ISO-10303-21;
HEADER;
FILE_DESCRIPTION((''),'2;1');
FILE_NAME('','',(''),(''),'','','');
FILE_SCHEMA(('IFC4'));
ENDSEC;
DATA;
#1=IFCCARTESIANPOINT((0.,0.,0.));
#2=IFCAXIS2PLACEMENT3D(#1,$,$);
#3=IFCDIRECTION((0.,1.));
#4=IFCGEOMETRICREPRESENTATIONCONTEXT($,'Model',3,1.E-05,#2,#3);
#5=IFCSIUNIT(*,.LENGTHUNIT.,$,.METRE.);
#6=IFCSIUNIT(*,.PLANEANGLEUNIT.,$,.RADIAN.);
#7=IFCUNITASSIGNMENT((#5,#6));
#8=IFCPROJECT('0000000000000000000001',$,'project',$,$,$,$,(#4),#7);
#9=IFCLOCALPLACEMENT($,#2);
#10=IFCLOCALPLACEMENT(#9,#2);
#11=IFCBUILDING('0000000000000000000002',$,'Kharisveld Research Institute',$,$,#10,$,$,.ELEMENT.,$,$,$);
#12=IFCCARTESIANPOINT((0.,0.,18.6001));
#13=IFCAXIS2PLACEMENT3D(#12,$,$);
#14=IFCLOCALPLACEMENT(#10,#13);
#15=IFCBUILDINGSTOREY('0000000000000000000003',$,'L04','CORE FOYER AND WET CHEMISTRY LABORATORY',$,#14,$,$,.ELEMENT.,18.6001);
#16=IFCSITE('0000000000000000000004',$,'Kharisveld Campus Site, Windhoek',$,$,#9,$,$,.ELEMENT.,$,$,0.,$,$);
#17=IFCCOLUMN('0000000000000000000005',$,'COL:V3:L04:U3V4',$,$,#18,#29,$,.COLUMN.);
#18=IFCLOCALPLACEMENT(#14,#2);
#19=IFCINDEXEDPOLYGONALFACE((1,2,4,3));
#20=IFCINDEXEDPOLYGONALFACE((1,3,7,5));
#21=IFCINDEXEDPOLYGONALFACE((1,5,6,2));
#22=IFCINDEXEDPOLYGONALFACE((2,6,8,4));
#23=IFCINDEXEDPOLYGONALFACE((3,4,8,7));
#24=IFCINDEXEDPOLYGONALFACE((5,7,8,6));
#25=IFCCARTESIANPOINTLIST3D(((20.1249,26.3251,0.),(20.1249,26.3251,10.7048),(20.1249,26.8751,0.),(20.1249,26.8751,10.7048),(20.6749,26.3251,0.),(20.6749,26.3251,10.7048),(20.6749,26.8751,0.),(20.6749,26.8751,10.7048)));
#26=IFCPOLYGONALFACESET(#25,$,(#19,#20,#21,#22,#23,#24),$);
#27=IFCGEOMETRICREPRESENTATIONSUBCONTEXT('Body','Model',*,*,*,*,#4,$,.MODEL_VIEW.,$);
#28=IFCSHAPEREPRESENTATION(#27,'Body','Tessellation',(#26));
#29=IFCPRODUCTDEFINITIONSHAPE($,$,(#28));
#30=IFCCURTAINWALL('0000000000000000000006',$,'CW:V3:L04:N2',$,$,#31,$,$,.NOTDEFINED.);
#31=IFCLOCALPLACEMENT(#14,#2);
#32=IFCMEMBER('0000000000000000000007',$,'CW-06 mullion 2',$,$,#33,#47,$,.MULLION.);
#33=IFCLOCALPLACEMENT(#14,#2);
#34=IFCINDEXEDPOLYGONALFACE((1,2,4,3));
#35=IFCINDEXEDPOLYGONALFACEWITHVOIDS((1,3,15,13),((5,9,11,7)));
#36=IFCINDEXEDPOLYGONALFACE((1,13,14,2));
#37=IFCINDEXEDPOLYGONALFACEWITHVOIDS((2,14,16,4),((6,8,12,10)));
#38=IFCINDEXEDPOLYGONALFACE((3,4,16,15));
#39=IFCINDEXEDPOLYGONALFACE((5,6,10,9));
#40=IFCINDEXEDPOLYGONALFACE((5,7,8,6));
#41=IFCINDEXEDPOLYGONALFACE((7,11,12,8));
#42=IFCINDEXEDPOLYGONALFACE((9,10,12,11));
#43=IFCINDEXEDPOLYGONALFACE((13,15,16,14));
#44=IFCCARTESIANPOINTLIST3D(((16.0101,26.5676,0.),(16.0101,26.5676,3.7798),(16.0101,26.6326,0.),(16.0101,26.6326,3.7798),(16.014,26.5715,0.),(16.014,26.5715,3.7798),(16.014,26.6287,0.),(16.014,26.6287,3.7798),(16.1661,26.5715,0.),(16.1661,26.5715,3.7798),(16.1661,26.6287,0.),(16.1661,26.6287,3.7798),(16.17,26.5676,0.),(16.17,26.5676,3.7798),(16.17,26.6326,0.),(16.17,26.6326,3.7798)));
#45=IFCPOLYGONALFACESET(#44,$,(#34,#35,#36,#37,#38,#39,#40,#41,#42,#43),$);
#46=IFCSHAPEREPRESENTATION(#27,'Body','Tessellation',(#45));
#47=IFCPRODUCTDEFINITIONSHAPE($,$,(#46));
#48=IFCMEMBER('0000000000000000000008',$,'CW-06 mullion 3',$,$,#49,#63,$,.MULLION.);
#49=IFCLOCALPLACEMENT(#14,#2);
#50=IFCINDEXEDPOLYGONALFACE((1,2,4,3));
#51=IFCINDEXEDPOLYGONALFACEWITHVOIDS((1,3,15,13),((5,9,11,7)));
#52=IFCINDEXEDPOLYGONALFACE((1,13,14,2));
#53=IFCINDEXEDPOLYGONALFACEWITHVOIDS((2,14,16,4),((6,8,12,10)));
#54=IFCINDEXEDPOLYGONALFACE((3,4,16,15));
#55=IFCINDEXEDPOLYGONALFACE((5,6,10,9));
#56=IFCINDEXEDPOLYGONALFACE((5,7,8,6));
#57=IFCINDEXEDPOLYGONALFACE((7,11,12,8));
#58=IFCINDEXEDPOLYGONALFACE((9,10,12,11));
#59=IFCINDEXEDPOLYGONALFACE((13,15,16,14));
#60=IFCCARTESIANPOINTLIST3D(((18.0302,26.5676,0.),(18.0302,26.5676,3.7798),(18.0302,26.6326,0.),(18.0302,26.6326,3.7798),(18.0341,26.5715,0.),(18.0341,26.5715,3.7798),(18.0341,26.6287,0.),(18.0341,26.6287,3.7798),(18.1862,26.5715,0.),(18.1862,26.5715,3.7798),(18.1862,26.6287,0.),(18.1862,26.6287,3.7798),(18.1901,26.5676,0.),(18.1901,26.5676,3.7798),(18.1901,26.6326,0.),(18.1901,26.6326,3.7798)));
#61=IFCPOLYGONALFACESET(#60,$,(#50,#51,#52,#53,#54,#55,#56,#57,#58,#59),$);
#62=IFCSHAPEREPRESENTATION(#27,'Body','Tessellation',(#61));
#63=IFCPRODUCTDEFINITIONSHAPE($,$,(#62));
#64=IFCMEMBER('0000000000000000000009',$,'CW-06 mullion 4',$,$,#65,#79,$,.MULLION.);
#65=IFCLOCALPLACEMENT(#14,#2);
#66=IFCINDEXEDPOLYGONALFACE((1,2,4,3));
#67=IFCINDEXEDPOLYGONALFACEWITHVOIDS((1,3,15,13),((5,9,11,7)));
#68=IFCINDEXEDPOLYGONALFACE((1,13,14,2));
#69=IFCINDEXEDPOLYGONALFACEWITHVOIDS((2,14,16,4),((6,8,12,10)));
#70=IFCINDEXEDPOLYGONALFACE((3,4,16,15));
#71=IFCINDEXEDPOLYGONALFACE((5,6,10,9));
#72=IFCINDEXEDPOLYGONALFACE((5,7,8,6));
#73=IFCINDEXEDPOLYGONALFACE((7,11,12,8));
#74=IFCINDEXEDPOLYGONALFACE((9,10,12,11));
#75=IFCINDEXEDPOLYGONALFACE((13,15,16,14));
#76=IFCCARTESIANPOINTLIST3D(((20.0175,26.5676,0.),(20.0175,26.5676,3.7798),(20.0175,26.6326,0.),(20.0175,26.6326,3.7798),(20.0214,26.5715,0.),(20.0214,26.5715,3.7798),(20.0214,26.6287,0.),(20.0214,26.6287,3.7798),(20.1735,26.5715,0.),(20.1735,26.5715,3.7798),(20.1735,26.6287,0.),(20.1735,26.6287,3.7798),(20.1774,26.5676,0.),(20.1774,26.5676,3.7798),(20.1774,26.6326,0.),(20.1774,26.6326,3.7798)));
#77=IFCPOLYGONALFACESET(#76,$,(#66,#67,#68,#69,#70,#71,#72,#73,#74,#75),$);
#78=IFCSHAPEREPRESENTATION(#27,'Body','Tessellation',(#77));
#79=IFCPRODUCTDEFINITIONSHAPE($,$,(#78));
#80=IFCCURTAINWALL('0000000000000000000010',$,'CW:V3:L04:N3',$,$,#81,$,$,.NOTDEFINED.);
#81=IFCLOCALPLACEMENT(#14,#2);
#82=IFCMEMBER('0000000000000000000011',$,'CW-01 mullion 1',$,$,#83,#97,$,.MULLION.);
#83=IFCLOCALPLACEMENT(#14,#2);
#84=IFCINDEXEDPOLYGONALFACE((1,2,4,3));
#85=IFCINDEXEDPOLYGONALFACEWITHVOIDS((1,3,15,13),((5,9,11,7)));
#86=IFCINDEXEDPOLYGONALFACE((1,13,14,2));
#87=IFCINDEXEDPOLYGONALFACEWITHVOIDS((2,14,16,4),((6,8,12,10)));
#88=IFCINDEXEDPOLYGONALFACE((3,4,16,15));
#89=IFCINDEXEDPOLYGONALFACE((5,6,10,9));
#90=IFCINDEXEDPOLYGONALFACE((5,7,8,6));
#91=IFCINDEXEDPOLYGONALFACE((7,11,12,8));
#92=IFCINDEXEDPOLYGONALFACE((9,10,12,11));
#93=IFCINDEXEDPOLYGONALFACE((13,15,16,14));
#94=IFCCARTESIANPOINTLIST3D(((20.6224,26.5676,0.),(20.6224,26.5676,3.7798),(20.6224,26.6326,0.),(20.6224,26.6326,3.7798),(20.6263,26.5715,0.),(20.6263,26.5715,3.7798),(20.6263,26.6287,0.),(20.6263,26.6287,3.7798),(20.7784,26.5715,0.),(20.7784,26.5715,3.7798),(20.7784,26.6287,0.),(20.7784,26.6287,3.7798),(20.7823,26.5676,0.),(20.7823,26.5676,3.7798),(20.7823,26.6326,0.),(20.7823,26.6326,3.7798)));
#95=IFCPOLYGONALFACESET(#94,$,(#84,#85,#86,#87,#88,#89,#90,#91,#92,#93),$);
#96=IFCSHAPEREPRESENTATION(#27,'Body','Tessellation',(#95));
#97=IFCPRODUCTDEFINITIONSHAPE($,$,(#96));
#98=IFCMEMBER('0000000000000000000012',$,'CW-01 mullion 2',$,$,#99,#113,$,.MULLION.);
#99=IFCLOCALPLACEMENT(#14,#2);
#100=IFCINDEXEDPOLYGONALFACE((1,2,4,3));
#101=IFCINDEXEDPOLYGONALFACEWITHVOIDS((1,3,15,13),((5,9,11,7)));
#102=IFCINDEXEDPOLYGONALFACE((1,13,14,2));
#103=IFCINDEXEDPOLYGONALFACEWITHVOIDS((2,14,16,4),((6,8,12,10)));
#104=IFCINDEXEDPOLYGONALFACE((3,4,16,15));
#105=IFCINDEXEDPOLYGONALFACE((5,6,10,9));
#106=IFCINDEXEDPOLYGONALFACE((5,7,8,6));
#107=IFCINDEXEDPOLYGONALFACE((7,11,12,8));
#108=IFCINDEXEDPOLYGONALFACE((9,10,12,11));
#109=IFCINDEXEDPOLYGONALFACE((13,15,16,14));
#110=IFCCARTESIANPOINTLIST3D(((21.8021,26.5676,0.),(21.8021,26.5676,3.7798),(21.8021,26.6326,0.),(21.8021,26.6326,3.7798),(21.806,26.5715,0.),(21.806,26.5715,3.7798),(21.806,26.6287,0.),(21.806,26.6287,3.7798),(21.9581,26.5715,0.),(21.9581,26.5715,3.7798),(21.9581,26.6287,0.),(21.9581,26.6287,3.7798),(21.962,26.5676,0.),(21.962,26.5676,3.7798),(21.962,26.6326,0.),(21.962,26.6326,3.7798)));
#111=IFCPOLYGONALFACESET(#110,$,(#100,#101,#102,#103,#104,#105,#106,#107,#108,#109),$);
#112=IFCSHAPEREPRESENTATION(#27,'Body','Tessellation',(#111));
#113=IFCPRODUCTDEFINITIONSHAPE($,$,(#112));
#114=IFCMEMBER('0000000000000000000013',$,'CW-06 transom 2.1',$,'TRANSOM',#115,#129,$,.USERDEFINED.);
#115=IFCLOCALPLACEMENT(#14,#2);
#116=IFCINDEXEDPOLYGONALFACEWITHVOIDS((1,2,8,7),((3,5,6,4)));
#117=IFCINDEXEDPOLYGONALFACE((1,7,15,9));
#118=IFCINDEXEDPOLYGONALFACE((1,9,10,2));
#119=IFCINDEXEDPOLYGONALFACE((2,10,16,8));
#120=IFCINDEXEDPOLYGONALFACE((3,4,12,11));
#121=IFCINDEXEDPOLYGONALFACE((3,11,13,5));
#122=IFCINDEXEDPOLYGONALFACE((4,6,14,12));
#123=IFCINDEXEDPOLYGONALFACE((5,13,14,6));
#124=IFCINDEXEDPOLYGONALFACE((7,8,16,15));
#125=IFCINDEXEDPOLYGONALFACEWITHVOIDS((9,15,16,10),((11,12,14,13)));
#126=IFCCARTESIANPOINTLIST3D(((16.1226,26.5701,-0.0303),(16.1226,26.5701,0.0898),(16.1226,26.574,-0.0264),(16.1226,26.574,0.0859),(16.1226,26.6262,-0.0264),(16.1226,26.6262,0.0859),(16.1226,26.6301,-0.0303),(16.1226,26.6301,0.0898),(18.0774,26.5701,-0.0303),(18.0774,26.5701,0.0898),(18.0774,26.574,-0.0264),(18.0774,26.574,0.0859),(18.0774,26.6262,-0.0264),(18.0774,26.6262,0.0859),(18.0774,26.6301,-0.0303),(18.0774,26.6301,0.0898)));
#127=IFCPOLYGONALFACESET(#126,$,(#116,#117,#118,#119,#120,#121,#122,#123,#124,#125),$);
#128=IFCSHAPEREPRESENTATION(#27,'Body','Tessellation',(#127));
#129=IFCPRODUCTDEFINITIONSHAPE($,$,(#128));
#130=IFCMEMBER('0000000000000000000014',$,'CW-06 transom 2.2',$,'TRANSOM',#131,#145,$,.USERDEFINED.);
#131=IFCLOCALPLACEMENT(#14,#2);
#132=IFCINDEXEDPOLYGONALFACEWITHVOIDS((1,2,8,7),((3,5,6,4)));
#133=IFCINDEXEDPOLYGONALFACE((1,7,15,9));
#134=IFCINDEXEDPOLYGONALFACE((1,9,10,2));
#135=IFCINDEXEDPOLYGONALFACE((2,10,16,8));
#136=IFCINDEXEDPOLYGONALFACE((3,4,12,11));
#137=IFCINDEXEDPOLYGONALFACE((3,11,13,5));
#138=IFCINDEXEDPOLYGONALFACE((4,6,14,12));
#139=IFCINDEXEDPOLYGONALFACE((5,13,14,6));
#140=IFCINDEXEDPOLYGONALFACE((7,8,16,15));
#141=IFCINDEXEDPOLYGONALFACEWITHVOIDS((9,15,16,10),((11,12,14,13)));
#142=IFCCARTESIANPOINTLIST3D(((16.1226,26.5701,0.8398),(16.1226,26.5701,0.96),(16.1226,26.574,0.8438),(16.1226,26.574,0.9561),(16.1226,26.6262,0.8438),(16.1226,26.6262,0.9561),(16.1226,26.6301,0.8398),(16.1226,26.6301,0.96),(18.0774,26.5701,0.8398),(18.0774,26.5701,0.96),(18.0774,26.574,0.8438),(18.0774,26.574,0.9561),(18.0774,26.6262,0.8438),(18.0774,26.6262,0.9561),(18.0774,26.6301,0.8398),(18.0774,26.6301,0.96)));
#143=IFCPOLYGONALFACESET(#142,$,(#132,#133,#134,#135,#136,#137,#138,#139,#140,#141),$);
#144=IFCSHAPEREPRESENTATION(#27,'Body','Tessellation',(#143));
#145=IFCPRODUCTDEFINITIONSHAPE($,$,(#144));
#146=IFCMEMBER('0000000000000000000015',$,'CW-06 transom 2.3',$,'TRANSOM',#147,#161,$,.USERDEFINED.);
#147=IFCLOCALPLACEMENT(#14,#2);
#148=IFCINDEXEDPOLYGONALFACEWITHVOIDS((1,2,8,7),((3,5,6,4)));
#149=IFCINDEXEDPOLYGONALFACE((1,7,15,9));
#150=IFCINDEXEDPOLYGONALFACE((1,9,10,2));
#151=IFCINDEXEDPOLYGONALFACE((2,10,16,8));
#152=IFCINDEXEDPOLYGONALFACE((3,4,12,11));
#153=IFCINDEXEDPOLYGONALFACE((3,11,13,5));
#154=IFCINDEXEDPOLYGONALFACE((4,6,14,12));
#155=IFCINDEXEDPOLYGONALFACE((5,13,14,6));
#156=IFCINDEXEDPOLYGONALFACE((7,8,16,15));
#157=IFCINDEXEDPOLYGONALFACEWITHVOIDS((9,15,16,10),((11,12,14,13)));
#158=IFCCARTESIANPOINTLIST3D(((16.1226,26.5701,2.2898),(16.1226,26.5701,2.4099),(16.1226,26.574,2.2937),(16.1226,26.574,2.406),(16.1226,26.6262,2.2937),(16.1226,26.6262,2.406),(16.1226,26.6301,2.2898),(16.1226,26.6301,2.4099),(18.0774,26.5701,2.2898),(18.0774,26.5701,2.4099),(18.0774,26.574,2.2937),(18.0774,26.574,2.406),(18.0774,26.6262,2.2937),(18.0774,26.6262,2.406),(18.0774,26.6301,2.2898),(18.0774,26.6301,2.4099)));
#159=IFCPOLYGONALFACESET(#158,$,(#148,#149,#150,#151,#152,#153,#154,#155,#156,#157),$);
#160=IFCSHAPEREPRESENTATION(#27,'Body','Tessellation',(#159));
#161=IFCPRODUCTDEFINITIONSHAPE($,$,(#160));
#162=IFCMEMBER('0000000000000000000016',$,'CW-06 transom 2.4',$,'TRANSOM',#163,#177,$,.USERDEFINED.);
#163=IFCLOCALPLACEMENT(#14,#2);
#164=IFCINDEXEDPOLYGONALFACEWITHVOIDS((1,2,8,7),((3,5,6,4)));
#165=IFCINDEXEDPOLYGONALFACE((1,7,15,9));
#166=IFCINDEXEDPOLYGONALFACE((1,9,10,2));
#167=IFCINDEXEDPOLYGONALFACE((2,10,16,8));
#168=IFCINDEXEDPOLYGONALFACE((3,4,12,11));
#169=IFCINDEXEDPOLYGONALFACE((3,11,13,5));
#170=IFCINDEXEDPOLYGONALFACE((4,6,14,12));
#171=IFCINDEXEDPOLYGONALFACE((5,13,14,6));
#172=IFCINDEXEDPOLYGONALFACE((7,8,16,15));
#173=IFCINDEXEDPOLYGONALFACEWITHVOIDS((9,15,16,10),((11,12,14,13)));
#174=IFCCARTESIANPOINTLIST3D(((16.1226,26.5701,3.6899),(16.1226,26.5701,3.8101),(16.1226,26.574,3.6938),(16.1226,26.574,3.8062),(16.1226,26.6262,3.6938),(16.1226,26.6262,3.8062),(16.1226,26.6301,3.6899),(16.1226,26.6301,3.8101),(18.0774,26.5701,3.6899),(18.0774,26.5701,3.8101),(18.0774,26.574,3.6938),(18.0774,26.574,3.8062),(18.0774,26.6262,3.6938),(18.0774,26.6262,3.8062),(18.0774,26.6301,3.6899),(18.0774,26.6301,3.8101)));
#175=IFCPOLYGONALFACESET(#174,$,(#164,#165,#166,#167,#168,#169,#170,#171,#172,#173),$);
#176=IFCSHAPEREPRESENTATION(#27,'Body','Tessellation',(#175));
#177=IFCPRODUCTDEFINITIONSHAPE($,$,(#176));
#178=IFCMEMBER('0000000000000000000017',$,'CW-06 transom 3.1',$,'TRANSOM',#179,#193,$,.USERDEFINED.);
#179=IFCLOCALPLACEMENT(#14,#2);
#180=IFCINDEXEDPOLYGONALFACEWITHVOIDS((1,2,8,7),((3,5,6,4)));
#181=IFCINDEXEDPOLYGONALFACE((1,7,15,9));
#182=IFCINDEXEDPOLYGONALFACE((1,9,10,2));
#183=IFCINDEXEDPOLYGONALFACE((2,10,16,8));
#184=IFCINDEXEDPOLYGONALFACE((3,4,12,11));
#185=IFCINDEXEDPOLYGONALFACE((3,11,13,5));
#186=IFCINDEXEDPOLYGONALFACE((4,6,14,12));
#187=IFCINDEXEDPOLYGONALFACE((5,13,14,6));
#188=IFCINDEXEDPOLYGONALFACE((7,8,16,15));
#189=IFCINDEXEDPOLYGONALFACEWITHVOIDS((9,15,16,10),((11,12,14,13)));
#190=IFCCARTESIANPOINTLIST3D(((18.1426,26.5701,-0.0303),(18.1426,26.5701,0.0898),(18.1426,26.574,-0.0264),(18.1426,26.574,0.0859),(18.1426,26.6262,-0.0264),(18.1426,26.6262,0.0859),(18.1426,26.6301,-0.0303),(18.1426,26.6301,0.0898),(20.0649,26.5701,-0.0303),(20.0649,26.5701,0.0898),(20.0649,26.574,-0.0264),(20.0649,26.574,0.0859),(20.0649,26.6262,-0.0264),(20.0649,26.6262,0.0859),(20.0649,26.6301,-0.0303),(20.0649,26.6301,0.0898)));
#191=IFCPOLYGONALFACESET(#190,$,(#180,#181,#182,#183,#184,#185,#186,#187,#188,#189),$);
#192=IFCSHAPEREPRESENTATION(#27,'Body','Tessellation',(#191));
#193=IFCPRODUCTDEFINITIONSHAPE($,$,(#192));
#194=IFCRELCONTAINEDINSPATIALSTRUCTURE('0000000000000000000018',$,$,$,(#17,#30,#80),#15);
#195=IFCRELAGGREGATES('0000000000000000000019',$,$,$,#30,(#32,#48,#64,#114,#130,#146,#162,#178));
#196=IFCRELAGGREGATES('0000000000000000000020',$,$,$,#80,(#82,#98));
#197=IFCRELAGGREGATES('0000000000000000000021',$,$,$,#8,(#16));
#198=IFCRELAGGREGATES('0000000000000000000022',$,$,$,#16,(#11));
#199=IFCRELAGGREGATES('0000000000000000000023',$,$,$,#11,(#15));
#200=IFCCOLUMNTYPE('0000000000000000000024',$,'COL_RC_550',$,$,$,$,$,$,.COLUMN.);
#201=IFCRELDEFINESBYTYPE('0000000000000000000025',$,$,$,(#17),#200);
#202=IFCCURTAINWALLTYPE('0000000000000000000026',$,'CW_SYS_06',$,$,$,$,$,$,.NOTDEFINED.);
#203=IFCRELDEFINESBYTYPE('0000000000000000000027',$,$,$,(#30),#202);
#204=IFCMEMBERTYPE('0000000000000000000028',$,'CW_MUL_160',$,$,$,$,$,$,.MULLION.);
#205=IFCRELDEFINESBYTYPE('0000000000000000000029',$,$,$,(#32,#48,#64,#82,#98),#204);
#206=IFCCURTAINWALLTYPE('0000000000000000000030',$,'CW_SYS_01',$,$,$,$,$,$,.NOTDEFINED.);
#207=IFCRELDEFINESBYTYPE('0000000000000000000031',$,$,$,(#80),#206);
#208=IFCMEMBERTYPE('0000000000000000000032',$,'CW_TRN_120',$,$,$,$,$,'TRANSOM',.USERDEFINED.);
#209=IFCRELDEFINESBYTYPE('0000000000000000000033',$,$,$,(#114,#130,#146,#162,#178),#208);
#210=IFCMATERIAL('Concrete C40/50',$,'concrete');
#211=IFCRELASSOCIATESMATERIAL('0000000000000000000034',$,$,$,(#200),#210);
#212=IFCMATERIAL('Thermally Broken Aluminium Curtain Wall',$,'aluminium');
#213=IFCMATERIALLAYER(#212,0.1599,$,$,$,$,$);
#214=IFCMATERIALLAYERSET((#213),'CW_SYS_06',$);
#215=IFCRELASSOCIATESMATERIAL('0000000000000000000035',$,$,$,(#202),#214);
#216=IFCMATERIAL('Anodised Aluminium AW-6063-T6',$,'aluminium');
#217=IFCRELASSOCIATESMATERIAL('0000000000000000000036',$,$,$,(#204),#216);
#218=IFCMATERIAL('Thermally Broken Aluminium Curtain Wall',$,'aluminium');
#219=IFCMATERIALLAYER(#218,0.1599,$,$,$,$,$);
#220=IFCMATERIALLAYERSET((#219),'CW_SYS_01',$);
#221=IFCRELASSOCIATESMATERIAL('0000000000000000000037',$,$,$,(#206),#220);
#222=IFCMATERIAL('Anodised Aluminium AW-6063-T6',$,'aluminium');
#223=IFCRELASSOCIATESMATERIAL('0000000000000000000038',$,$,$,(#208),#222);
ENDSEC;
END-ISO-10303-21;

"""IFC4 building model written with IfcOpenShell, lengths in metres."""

from ifc_helpers import new_model, si_unit, direction, frame, origin, origin_2d, place, context, subcontext, project, spatial, rectangle, hollow_rectangle, extrude, material, layer, layer_set, material_profile, profile_set, type_object, element, aggregate, save


model = new_model("IFC4")

# Units and contexts
model_context = context("Model", 3, precision=1e-05, world=origin(), true_north=direction((0.0, 1.0)))
body_context = subcontext(model_context, "Body", "Model", "MODEL_VIEW")
ifc_project = project(units=[si_unit("LENGTHUNIT", "METRE"), si_unit("PLANEANGLEUNIT", "RADIAN")], contexts=[model_context])

# Site, building, storey
site_placement = place(None, origin())
site = spatial("IfcSite", under=ifc_project, at=site_placement, Name="Kharisveld Campus Site, Windhoek", CompositionType="ELEMENT", RefElevation=0.0)
building_placement = place(site_placement, origin())
building = spatial("IfcBuilding", under=site, at=building_placement, Name="Kharisveld Research Institute", CompositionType="ELEMENT")
storey_placement = place(building_placement, frame((0.0, 0.0, 18.6001)))
storey = spatial("IfcBuildingStorey", under=building, at=storey_placement, Name="L04", Description="CORE FOYER AND WET CHEMISTRY LABORATORY", CompositionType="ELEMENT", Elevation=18.6001)

# Column
ifc_material_1 = material(Name="Concrete C40/50", Category="concrete")
ifc_material_profile_1 = material_profile(ifc_material_1, rectangle(XDim=0.55, YDim=0.55, at=origin_2d()))
ifc_profile_set_1 = profile_set([ifc_material_profile_1], Name="Concrete C40/50")
column_type = type_object("IfcColumnType", Name="COL_RC_550", PredefinedType="COLUMN", material=ifc_profile_set_1)
column_placement = place(storey_placement, frame((20.3999, 26.6001, 0.0), z_axis=(0.0, 0.0, 1.0), x_axis=(1.0, 0.0, 0.0)))
element("IfcColumn", 1, at=column_placement, inside=storey, type_object=column_type, Name="COL:V3:L04:U3V4", PredefinedType="COLUMN", context=body_context, shape_type="SweptSolid", body=[
    extrude(rectangle(XDim=0.55, YDim=0.55, at=origin_2d()), origin(), (0.0, 0.0, 1.0), 10.7048),
])

# Curtain walls, members
ifc_material_2 = material(Name="Thermally Broken Aluminium Curtain Wall", Category="aluminium")
ifc_layer_1 = layer(ifc_material_2, 0.1599)
ifc_layer_set_1 = layer_set([ifc_layer_1], Name="CW_SYS_06")
curtain_wall_type_1 = type_object("IfcCurtainWallType", Name="CW_SYS_06", PredefinedType="NOTDEFINED", material=ifc_layer_set_1)
curtain_wall_1_placement = place(storey_placement, origin())
curtain_wall_1 = element("IfcCurtainWall", 2, at=curtain_wall_1_placement, inside=storey, type_object=curtain_wall_type_1, Name="CW:V3:L04:N2", PredefinedType="NOTDEFINED")
ifc_material_3 = material(Name="Anodised Aluminium AW-6063-T6", Category="aluminium")
ifc_material_profile_2 = material_profile(ifc_material_3, hollow_rectangle(XDim=0.0649, YDim=0.1599, WallThickness=0.0039, at=origin_2d()))
ifc_profile_set_2 = profile_set([ifc_material_profile_2], Name="Anodised Aluminium AW-6063-T6")
member_type_1 = type_object("IfcMemberType", Name="CW_MUL_160", PredefinedType="MULLION", material=ifc_profile_set_2)
member_1_placement = place(storey_placement, frame((16.0901, 26.6001, 0.0), z_axis=(0.0, 0.0, 1.0), x_axis=(0.0, 1.0, 0.0)))
member_1 = element("IfcMember", 3, at=member_1_placement, type_object=member_type_1, Name="CW-06 mullion 2", PredefinedType="MULLION", context=body_context, shape_type="SweptSolid", body=[
    extrude(hollow_rectangle(XDim=0.0649, YDim=0.1599, WallThickness=0.0039, at=origin_2d()), origin(), (0.0, 0.0, 1.0), 3.7798),
])
member_2_placement = place(storey_placement, frame((18.1101, 26.6001, 0.0), z_axis=(0.0, 0.0, 1.0), x_axis=(0.0, 1.0, 0.0)))
member_2 = element("IfcMember", 4, at=member_2_placement, type_object=member_type_1, Name="CW-06 mullion 3", PredefinedType="MULLION", context=body_context, shape_type="SweptSolid", body=[
    extrude(hollow_rectangle(XDim=0.0649, YDim=0.1599, WallThickness=0.0039, at=origin_2d()), origin(), (0.0, 0.0, 1.0), 3.7798),
])
member_3_placement = place(storey_placement, frame((20.0974, 26.6001, 0.0), z_axis=(0.0, 0.0, 1.0), x_axis=(0.0, 1.0, 0.0)))
member_3 = element("IfcMember", 5, at=member_3_placement, type_object=member_type_1, Name="CW-06 mullion 4", PredefinedType="MULLION", context=body_context, shape_type="SweptSolid", body=[
    extrude(hollow_rectangle(XDim=0.0649, YDim=0.1599, WallThickness=0.0039, at=origin_2d()), origin(), (0.0, 0.0, 1.0), 3.7798),
])
ifc_material_4 = material(Name="Thermally Broken Aluminium Curtain Wall", Category="aluminium")
ifc_layer_2 = layer(ifc_material_4, 0.1599)
ifc_layer_set_2 = layer_set([ifc_layer_2], Name="CW_SYS_01")
curtain_wall_type_2 = type_object("IfcCurtainWallType", Name="CW_SYS_01", PredefinedType="NOTDEFINED", material=ifc_layer_set_2)
curtain_wall_2_placement = place(storey_placement, origin())
curtain_wall_2 = element("IfcCurtainWall", 6, at=curtain_wall_2_placement, inside=storey, type_object=curtain_wall_type_2, Name="CW:V3:L04:N3", PredefinedType="NOTDEFINED")
member_4_placement = place(storey_placement, frame((20.7024, 26.6001, 0.0), z_axis=(0.0, 0.0, 1.0), x_axis=(0.0, 1.0, 0.0)))
member_4 = element("IfcMember", 7, at=member_4_placement, type_object=member_type_1, Name="CW-01 mullion 1", PredefinedType="MULLION", context=body_context, shape_type="SweptSolid", body=[
    extrude(hollow_rectangle(XDim=0.0649, YDim=0.1599, WallThickness=0.0039, at=origin_2d()), origin(), (0.0, 0.0, 1.0), 3.7798),
])
member_5_placement = place(storey_placement, frame((21.8821, 26.6001, 0.0), z_axis=(0.0, 0.0, 1.0), x_axis=(0.0, 1.0, 0.0)))
member_5 = element("IfcMember", 8, at=member_5_placement, type_object=member_type_1, Name="CW-01 mullion 2", PredefinedType="MULLION", context=body_context, shape_type="SweptSolid", body=[
    extrude(hollow_rectangle(XDim=0.0649, YDim=0.1599, WallThickness=0.0039, at=origin_2d()), origin(), (0.0, 0.0, 1.0), 3.7798),
])

# Members
ifc_material_5 = material(Name="Anodised Aluminium AW-6063-T6", Category="aluminium")
ifc_material_profile_3 = material_profile(ifc_material_5, hollow_rectangle(XDim=0.0601, YDim=0.1201, WallThickness=0.0039, at=origin_2d()))
ifc_profile_set_3 = profile_set([ifc_material_profile_3], Name="Anodised Aluminium AW-6063-T6")
member_type_2 = type_object("IfcMemberType", Name="CW_TRN_120", ElementType="TRANSOM", PredefinedType="USERDEFINED", material=ifc_profile_set_3)
member_6_placement = place(storey_placement, frame((16.1226, 26.6001, 0.0298), z_axis=(1.0, 0.0, 0.0), x_axis=(0.0, 1.0, 0.0)))
member_6 = element("IfcMember", 9, at=member_6_placement, type_object=member_type_2, Name="CW-06 transom 2.1", ObjectType="TRANSOM", PredefinedType="USERDEFINED", context=body_context, shape_type="SweptSolid", body=[
    extrude(hollow_rectangle(XDim=0.0601, YDim=0.1201, WallThickness=0.0039, at=origin_2d()), origin(), (0.0, 0.0, 1.0), 1.9548),
])
member_7_placement = place(storey_placement, frame((16.1226, 26.6001, 0.8999), z_axis=(1.0, 0.0, 0.0), x_axis=(0.0, 1.0, 0.0)))
member_7 = element("IfcMember", 10, at=member_7_placement, type_object=member_type_2, Name="CW-06 transom 2.2", ObjectType="TRANSOM", PredefinedType="USERDEFINED", context=body_context, shape_type="SweptSolid", body=[
    extrude(hollow_rectangle(XDim=0.0601, YDim=0.1201, WallThickness=0.0039, at=origin_2d()), origin(), (0.0, 0.0, 1.0), 1.9548),
])
member_8_placement = place(storey_placement, frame((16.1226, 26.6001, 2.3499), z_axis=(1.0, 0.0, 0.0), x_axis=(0.0, 1.0, 0.0)))
member_8 = element("IfcMember", 11, at=member_8_placement, type_object=member_type_2, Name="CW-06 transom 2.3", ObjectType="TRANSOM", PredefinedType="USERDEFINED", context=body_context, shape_type="SweptSolid", body=[
    extrude(hollow_rectangle(XDim=0.0601, YDim=0.1201, WallThickness=0.0039, at=origin_2d()), origin(), (0.0, 0.0, 1.0), 1.9548),
])
member_9_placement = place(storey_placement, frame((16.1226, 26.6001, 3.75), z_axis=(1.0, 0.0, 0.0), x_axis=(0.0, 1.0, 0.0)))
member_9 = element("IfcMember", 12, at=member_9_placement, type_object=member_type_2, Name="CW-06 transom 2.4", ObjectType="TRANSOM", PredefinedType="USERDEFINED", context=body_context, shape_type="SweptSolid", body=[
    extrude(hollow_rectangle(XDim=0.0601, YDim=0.1201, WallThickness=0.0039, at=origin_2d()), origin(), (0.0, 0.0, 1.0), 1.9548),
])
member_10_placement = place(storey_placement, frame((18.1426, 26.6001, 0.0298), z_axis=(1.0, 0.0, 0.0), x_axis=(0.0, 1.0, 0.0)))
member_10 = element("IfcMember", 13, at=member_10_placement, type_object=member_type_2, Name="CW-06 transom 3.1", ObjectType="TRANSOM", PredefinedType="USERDEFINED", context=body_context, shape_type="SweptSolid", body=[
    extrude(hollow_rectangle(XDim=0.0601, YDim=0.1201, WallThickness=0.0039, at=origin_2d()), origin(), (0.0, 0.0, 1.0), 1.9224),
])

aggregate(curtain_wall_1, [member_1, member_2, member_3, member_6, member_7, member_8, member_9, member_10])
aggregate(curtain_wall_2, [member_4, member_5])

save(model, "model.ifc")
